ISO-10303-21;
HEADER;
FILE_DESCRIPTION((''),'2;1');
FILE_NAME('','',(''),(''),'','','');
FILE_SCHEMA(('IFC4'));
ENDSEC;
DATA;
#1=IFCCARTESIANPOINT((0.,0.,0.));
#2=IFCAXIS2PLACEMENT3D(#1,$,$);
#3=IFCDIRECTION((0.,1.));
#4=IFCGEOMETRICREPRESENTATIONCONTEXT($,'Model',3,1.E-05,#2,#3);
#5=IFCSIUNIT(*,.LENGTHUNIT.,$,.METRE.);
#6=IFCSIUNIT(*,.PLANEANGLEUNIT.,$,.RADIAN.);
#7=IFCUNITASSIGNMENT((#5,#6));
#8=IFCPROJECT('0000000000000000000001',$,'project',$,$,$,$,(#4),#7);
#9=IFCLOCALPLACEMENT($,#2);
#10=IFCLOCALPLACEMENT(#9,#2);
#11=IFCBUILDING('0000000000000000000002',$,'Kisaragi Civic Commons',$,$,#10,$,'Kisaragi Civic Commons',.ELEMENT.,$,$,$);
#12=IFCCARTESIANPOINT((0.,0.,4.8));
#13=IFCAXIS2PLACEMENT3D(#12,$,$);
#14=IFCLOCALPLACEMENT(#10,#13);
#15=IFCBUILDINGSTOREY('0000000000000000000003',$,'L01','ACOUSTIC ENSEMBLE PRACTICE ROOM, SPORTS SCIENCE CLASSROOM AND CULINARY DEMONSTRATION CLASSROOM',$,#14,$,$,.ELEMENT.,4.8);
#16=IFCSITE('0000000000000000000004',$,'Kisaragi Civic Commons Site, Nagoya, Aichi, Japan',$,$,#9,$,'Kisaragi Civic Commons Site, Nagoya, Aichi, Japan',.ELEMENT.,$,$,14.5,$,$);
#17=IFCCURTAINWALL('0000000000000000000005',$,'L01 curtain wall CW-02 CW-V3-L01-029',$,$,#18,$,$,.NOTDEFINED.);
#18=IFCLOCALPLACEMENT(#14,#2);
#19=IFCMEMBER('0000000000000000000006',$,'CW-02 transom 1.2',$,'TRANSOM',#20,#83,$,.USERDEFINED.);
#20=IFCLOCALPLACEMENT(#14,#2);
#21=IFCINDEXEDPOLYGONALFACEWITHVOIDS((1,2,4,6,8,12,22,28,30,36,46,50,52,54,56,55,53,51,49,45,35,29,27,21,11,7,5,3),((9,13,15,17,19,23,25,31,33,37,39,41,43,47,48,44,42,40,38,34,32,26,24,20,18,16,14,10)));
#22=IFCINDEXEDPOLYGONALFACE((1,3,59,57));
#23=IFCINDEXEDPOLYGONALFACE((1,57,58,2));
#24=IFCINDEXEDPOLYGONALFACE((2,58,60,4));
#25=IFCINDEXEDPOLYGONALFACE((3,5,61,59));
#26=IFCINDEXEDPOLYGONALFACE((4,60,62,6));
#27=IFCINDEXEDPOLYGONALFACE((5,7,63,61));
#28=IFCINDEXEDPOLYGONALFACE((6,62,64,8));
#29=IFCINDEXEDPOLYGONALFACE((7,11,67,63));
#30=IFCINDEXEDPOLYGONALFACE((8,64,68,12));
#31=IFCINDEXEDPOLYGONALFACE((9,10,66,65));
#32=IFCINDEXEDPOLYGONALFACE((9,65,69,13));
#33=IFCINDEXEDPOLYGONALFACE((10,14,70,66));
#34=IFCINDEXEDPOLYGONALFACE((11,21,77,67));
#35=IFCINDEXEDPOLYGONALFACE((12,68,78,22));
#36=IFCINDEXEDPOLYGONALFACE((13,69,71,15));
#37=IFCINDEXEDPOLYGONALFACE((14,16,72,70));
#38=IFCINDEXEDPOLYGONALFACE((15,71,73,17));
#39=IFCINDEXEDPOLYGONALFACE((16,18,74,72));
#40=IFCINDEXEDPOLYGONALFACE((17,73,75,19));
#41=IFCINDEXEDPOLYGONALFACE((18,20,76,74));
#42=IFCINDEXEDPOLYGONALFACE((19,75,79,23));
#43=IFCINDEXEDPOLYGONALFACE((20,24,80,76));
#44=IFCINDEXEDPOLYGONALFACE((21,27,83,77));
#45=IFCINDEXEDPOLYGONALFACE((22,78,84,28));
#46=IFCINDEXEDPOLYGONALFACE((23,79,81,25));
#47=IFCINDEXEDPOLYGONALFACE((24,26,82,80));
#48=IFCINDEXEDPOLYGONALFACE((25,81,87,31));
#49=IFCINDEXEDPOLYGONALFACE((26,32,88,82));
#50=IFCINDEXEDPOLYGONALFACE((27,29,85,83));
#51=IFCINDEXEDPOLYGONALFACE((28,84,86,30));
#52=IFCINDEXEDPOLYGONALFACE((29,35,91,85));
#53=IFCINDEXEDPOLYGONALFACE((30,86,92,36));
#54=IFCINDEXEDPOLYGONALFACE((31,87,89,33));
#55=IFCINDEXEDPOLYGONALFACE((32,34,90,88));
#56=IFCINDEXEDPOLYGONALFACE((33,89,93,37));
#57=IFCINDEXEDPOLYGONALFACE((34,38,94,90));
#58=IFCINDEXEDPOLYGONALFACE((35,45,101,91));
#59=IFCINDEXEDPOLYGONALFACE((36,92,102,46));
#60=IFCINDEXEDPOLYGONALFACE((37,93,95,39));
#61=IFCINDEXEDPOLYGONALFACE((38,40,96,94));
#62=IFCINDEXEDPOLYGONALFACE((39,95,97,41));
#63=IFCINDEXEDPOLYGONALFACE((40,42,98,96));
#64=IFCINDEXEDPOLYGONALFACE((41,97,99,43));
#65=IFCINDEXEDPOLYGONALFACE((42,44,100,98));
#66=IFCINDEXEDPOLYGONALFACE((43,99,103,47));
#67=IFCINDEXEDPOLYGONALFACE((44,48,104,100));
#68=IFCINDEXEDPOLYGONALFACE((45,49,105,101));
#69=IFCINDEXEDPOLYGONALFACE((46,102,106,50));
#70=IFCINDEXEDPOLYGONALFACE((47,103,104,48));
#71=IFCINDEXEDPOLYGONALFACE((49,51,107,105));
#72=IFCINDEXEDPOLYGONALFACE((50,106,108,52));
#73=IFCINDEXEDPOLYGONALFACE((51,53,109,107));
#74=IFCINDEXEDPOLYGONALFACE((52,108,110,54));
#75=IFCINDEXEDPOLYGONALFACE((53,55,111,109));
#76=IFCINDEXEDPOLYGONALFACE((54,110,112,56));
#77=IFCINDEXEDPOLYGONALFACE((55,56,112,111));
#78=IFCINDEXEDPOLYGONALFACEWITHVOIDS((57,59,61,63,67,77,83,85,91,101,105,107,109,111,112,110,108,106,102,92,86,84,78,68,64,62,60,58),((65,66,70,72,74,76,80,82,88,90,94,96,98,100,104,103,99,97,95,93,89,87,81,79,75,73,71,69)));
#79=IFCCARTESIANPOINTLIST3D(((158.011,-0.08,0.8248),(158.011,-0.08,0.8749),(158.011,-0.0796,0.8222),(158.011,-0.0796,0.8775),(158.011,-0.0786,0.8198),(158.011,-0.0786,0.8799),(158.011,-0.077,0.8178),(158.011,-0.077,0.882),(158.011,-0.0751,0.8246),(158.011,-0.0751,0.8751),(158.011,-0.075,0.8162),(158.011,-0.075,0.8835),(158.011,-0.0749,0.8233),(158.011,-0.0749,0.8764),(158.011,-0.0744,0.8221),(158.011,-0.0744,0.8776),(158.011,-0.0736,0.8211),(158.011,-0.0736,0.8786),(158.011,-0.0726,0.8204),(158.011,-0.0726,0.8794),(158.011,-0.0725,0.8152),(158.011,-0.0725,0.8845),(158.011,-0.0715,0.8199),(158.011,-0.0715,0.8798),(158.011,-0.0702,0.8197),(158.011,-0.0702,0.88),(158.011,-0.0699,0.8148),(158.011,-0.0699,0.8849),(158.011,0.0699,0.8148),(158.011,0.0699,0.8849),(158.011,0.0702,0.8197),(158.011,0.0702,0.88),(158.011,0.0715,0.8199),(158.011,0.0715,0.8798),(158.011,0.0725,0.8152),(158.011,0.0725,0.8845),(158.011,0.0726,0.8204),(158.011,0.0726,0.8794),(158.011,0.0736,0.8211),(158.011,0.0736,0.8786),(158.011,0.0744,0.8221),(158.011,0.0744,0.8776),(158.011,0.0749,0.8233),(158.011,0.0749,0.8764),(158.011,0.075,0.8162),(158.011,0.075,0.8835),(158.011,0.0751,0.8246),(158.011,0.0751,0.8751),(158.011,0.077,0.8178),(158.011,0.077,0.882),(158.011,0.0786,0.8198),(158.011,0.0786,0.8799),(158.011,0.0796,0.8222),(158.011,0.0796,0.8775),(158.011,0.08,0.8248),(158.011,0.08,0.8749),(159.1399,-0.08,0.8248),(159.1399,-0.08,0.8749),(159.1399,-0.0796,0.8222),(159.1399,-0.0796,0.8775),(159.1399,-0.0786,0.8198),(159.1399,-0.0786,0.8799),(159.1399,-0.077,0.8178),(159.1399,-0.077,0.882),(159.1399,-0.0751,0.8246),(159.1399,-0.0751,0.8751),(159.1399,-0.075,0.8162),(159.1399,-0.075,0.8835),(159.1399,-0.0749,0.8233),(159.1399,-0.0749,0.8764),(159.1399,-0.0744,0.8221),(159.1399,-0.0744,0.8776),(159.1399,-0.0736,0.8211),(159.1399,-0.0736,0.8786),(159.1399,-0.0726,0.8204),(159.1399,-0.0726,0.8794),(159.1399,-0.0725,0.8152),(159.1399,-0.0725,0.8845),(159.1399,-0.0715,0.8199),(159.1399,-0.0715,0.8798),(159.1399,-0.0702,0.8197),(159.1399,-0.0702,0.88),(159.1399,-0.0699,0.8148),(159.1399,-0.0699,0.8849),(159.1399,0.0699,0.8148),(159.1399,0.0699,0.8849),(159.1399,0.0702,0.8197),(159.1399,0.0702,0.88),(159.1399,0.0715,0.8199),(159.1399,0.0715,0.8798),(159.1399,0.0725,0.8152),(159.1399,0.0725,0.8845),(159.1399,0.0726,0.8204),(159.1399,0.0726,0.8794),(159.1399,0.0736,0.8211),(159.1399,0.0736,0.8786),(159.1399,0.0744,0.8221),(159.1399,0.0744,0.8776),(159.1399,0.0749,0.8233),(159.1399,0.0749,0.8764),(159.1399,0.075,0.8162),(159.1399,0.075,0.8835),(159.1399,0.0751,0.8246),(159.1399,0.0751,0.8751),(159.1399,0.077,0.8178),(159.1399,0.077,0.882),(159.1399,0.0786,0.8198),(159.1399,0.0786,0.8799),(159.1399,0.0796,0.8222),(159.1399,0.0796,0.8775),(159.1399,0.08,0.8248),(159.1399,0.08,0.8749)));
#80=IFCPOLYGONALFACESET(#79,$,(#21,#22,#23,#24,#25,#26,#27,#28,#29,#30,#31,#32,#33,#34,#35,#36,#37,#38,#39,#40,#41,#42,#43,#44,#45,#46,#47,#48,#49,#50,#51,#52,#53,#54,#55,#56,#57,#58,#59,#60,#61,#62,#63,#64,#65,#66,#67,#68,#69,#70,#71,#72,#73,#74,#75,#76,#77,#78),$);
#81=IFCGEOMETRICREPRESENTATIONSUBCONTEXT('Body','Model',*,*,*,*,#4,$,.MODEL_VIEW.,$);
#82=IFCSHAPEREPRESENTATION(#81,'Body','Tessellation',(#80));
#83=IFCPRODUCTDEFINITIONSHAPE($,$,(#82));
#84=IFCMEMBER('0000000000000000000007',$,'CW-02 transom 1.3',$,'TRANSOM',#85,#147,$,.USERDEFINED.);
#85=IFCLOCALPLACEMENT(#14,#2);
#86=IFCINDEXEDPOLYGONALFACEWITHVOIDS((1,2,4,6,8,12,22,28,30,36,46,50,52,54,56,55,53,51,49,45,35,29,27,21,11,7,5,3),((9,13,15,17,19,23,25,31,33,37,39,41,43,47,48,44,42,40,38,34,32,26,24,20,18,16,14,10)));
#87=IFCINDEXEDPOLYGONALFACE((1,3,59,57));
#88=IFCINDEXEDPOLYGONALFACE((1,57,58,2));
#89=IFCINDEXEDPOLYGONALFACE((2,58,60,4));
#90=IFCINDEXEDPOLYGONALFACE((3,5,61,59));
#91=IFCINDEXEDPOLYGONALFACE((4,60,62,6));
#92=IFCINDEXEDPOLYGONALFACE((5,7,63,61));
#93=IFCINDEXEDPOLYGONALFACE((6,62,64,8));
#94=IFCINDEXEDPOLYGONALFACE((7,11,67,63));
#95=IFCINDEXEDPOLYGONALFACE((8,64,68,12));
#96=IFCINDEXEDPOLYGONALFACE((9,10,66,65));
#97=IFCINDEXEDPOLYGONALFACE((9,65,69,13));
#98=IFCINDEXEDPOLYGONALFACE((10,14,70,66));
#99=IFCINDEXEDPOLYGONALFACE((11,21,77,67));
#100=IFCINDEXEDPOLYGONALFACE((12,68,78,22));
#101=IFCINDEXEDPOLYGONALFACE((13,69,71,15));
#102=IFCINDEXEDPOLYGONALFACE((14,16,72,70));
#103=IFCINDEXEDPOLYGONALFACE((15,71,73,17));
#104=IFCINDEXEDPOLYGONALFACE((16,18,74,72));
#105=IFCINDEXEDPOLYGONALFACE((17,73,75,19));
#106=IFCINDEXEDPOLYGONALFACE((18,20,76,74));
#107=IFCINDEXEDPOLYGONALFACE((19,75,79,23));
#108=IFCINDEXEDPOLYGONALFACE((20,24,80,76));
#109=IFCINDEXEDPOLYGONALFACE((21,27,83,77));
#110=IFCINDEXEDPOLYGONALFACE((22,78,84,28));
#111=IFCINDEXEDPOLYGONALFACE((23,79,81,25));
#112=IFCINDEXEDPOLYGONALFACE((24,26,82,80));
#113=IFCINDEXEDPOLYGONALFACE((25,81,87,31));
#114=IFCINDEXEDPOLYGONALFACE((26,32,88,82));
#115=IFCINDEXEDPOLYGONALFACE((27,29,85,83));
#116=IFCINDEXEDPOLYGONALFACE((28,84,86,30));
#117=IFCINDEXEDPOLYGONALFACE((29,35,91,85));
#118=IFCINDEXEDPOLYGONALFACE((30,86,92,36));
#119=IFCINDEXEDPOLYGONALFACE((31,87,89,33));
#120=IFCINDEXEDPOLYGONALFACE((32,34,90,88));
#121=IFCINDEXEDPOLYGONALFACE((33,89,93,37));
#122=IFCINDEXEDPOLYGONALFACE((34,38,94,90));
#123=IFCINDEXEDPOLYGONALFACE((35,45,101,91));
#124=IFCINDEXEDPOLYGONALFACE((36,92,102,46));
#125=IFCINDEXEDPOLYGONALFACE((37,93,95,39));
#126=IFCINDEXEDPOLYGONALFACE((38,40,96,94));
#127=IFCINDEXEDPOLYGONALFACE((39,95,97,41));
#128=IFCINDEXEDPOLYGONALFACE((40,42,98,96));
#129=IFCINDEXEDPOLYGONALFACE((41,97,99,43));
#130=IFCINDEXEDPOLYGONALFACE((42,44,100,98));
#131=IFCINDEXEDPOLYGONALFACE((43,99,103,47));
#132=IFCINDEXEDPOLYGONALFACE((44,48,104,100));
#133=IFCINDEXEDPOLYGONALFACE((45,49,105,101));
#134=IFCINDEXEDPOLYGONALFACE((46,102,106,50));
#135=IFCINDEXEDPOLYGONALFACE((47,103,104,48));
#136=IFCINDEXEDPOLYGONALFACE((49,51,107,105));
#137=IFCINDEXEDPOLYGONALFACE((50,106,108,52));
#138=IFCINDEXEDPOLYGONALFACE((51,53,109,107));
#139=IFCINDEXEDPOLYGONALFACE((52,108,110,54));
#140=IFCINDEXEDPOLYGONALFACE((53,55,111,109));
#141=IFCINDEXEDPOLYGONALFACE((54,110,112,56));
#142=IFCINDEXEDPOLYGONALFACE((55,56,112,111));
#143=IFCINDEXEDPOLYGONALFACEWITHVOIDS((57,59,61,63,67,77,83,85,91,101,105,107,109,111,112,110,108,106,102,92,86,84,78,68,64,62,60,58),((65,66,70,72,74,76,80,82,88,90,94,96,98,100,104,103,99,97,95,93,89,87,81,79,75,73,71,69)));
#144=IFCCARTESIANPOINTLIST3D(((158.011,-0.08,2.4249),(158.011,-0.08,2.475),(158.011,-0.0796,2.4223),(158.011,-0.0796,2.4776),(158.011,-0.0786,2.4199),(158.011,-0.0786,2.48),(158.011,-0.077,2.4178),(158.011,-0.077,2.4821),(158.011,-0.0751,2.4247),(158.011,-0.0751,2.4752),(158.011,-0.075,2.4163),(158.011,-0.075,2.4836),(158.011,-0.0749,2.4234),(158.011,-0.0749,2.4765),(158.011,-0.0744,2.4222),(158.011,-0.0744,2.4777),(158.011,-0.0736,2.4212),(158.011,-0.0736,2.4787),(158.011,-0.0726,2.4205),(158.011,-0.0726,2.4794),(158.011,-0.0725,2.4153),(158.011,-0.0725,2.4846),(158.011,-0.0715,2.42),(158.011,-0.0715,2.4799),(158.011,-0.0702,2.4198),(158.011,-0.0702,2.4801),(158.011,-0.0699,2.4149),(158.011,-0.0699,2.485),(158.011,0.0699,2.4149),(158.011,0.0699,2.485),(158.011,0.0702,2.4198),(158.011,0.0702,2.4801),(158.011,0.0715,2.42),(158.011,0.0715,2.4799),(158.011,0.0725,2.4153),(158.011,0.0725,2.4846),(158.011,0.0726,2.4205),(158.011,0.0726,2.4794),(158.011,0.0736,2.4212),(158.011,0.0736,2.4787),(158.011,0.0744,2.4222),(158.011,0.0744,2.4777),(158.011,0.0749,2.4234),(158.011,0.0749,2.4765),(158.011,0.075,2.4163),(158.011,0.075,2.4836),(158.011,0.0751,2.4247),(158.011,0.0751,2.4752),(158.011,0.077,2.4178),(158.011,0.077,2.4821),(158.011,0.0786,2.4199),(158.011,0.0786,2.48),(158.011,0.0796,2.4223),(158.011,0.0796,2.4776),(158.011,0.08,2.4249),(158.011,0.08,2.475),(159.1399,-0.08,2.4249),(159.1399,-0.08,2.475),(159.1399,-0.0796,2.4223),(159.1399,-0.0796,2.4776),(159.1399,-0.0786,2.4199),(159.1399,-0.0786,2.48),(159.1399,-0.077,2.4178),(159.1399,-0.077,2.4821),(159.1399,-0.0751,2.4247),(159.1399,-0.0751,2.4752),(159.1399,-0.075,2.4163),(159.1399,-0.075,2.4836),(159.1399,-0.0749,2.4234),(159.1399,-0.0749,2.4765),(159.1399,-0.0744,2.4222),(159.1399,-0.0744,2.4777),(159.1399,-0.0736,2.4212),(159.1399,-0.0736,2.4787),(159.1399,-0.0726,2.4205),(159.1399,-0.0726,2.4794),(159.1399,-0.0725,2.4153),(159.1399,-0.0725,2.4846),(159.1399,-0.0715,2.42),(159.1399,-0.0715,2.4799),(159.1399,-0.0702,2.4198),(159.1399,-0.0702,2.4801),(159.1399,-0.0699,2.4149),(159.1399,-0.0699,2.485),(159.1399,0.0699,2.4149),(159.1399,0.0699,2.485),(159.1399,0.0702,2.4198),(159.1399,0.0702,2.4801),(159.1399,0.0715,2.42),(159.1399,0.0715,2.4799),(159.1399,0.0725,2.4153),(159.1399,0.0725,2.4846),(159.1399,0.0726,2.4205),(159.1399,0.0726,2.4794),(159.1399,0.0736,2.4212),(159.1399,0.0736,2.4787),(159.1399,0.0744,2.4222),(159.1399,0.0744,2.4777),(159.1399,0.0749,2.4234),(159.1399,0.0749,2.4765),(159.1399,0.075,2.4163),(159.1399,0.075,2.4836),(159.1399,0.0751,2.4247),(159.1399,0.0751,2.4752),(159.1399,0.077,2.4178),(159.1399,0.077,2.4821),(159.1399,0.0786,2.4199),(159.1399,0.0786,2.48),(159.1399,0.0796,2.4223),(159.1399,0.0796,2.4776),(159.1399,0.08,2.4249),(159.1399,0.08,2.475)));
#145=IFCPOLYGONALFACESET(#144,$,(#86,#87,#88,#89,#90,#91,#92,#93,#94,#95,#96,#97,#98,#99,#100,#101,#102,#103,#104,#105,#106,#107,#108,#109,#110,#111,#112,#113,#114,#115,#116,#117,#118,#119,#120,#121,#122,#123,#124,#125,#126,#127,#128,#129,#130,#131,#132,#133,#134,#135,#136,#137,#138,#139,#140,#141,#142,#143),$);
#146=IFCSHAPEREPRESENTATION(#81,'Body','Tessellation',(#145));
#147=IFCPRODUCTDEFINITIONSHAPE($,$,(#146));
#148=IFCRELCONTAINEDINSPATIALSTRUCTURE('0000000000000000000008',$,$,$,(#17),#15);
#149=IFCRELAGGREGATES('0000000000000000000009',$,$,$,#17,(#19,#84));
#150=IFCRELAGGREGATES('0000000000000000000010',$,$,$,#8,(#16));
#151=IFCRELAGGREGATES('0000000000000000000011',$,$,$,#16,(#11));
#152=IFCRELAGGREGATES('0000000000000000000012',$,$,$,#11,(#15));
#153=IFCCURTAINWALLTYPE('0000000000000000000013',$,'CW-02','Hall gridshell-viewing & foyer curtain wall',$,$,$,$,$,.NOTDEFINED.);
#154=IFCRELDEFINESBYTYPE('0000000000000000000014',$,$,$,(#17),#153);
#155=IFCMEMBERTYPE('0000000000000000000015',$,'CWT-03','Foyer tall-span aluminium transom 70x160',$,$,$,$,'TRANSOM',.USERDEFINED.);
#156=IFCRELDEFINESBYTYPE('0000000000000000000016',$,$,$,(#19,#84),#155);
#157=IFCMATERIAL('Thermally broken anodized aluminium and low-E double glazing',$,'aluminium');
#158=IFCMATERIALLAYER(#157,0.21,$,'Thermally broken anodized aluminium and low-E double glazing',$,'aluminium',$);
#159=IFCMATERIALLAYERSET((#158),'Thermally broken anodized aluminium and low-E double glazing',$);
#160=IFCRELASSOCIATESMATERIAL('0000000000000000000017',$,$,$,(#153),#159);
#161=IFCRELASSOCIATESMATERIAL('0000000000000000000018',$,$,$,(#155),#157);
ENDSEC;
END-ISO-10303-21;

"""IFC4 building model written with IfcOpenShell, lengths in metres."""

from ifc_helpers import new_model, si_unit, direction, frame, origin, origin_2d, place, context, subcontext, project, spatial, hollow_rectangle, extrude, material, layer, layer_set, material_profile, profile_set, type_object, element, aggregate, save


model = new_model("IFC4")

# Units and contexts
model_context = context("Model", 3, precision=1e-05, world=origin(), true_north=direction((0.0, 1.0)))
body_context = subcontext(model_context, "Body", "Model", "MODEL_VIEW")
ifc_project = project(units=[si_unit("LENGTHUNIT", "METRE"), si_unit("PLANEANGLEUNIT", "RADIAN")], contexts=[model_context])

# Site, building, storey
site_placement = place(None, origin())
site = spatial("IfcSite", under=ifc_project, at=site_placement, Name="Kisaragi Civic Commons Site, Nagoya, Aichi, Japan", LongName="Kisaragi Civic Commons Site, Nagoya, Aichi, Japan", CompositionType="ELEMENT", RefElevation=14.5)
building_placement = place(site_placement, origin())
building = spatial("IfcBuilding", under=site, at=building_placement, Name="Kisaragi Civic Commons", LongName="Kisaragi Civic Commons", CompositionType="ELEMENT")
storey_placement = place(building_placement, frame((0.0, 0.0, 4.8)))
storey = spatial("IfcBuildingStorey", under=building, at=storey_placement, Name="L01", Description="ACOUSTIC ENSEMBLE PRACTICE ROOM, SPORTS SCIENCE CLASSROOM AND CULINARY DEMONSTRATION CLASSROOM", CompositionType="ELEMENT", Elevation=4.8)

# Shared definitions
ifc_material_1 = material(Name="Thermally broken anodized aluminium and low-E double glazing", Category="aluminium")
ifc_layer_1 = layer(ifc_material_1, 0.21, Name="Thermally broken anodized aluminium and low-E double glazing", Category="aluminium")
ifc_layer_set_1 = layer_set([ifc_layer_1], Name="Thermally broken anodized aluminium and low-E double glazing")
curtain_wall_type = type_object("IfcCurtainWallType", Name="CW-02", Description="Hall gridshell-viewing & foyer curtain wall", PredefinedType="NOTDEFINED", material=ifc_layer_set_1)

# Curtain wall
curtain_wall_1_placement = place(storey_placement, origin())
curtain_wall_1 = element("IfcCurtainWall", 1, at=curtain_wall_1_placement, inside=storey, type_object=curtain_wall_type, Name="L01 curtain wall CW-02 CW-V3-L01-029", PredefinedType="NOTDEFINED")

# Members
ifc_material_profile_1 = material_profile(ifc_material_1, hollow_rectangle(XDim=0.1599, YDim=0.0701, WallThickness=0.0049, InnerFilletRadius=0.0049, OuterFilletRadius=0.01, at=origin_2d()), Name="CWT-70x160x5", Category="aluminium")
ifc_profile_set_1 = profile_set([ifc_material_profile_1], Name="Thermally broken anodized aluminium and low-E double glazing")
member_type_1 = type_object("IfcMemberType", Name="CWT-03", Description="Foyer tall-span aluminium transom 70x160", ElementType="TRANSOM", PredefinedType="USERDEFINED", material=ifc_profile_set_1)
member_1_placement = place(storey_placement, frame((159.1399, 0.0, 0.8499), z_axis=(-1.0, 0.0, 0.0), x_axis=(0.0, -1.0, 0.0)))
member_1 = element("IfcMember", 2, at=member_1_placement, type_object=member_type_1, Name="CW-02 transom 1.2", ObjectType="TRANSOM", PredefinedType="USERDEFINED", context=body_context, shape_type="SweptSolid", body=[
    extrude(hollow_rectangle(XDim=0.1599, YDim=0.0701, WallThickness=0.0049, InnerFilletRadius=0.0049, OuterFilletRadius=0.01, at=origin_2d()), origin(), (0.0, 0.0, 1.0), 1.1289),
])
member_2_placement = place(storey_placement, frame((159.1399, 0.0, 2.45), z_axis=(-1.0, 0.0, 0.0), x_axis=(0.0, -1.0, 0.0)))
member_2 = element("IfcMember", 3, at=member_2_placement, type_object=member_type_1, Name="CW-02 transom 1.3", ObjectType="TRANSOM", PredefinedType="USERDEFINED", context=body_context, shape_type="SweptSolid", body=[
    extrude(hollow_rectangle(XDim=0.1599, YDim=0.0701, WallThickness=0.0049, InnerFilletRadius=0.0049, OuterFilletRadius=0.01, at=origin_2d()), origin(), (0.0, 0.0, 1.0), 1.1289),
])
aggregate(curtain_wall_1, [member_1, member_2])

save(model, "model.ifc")
